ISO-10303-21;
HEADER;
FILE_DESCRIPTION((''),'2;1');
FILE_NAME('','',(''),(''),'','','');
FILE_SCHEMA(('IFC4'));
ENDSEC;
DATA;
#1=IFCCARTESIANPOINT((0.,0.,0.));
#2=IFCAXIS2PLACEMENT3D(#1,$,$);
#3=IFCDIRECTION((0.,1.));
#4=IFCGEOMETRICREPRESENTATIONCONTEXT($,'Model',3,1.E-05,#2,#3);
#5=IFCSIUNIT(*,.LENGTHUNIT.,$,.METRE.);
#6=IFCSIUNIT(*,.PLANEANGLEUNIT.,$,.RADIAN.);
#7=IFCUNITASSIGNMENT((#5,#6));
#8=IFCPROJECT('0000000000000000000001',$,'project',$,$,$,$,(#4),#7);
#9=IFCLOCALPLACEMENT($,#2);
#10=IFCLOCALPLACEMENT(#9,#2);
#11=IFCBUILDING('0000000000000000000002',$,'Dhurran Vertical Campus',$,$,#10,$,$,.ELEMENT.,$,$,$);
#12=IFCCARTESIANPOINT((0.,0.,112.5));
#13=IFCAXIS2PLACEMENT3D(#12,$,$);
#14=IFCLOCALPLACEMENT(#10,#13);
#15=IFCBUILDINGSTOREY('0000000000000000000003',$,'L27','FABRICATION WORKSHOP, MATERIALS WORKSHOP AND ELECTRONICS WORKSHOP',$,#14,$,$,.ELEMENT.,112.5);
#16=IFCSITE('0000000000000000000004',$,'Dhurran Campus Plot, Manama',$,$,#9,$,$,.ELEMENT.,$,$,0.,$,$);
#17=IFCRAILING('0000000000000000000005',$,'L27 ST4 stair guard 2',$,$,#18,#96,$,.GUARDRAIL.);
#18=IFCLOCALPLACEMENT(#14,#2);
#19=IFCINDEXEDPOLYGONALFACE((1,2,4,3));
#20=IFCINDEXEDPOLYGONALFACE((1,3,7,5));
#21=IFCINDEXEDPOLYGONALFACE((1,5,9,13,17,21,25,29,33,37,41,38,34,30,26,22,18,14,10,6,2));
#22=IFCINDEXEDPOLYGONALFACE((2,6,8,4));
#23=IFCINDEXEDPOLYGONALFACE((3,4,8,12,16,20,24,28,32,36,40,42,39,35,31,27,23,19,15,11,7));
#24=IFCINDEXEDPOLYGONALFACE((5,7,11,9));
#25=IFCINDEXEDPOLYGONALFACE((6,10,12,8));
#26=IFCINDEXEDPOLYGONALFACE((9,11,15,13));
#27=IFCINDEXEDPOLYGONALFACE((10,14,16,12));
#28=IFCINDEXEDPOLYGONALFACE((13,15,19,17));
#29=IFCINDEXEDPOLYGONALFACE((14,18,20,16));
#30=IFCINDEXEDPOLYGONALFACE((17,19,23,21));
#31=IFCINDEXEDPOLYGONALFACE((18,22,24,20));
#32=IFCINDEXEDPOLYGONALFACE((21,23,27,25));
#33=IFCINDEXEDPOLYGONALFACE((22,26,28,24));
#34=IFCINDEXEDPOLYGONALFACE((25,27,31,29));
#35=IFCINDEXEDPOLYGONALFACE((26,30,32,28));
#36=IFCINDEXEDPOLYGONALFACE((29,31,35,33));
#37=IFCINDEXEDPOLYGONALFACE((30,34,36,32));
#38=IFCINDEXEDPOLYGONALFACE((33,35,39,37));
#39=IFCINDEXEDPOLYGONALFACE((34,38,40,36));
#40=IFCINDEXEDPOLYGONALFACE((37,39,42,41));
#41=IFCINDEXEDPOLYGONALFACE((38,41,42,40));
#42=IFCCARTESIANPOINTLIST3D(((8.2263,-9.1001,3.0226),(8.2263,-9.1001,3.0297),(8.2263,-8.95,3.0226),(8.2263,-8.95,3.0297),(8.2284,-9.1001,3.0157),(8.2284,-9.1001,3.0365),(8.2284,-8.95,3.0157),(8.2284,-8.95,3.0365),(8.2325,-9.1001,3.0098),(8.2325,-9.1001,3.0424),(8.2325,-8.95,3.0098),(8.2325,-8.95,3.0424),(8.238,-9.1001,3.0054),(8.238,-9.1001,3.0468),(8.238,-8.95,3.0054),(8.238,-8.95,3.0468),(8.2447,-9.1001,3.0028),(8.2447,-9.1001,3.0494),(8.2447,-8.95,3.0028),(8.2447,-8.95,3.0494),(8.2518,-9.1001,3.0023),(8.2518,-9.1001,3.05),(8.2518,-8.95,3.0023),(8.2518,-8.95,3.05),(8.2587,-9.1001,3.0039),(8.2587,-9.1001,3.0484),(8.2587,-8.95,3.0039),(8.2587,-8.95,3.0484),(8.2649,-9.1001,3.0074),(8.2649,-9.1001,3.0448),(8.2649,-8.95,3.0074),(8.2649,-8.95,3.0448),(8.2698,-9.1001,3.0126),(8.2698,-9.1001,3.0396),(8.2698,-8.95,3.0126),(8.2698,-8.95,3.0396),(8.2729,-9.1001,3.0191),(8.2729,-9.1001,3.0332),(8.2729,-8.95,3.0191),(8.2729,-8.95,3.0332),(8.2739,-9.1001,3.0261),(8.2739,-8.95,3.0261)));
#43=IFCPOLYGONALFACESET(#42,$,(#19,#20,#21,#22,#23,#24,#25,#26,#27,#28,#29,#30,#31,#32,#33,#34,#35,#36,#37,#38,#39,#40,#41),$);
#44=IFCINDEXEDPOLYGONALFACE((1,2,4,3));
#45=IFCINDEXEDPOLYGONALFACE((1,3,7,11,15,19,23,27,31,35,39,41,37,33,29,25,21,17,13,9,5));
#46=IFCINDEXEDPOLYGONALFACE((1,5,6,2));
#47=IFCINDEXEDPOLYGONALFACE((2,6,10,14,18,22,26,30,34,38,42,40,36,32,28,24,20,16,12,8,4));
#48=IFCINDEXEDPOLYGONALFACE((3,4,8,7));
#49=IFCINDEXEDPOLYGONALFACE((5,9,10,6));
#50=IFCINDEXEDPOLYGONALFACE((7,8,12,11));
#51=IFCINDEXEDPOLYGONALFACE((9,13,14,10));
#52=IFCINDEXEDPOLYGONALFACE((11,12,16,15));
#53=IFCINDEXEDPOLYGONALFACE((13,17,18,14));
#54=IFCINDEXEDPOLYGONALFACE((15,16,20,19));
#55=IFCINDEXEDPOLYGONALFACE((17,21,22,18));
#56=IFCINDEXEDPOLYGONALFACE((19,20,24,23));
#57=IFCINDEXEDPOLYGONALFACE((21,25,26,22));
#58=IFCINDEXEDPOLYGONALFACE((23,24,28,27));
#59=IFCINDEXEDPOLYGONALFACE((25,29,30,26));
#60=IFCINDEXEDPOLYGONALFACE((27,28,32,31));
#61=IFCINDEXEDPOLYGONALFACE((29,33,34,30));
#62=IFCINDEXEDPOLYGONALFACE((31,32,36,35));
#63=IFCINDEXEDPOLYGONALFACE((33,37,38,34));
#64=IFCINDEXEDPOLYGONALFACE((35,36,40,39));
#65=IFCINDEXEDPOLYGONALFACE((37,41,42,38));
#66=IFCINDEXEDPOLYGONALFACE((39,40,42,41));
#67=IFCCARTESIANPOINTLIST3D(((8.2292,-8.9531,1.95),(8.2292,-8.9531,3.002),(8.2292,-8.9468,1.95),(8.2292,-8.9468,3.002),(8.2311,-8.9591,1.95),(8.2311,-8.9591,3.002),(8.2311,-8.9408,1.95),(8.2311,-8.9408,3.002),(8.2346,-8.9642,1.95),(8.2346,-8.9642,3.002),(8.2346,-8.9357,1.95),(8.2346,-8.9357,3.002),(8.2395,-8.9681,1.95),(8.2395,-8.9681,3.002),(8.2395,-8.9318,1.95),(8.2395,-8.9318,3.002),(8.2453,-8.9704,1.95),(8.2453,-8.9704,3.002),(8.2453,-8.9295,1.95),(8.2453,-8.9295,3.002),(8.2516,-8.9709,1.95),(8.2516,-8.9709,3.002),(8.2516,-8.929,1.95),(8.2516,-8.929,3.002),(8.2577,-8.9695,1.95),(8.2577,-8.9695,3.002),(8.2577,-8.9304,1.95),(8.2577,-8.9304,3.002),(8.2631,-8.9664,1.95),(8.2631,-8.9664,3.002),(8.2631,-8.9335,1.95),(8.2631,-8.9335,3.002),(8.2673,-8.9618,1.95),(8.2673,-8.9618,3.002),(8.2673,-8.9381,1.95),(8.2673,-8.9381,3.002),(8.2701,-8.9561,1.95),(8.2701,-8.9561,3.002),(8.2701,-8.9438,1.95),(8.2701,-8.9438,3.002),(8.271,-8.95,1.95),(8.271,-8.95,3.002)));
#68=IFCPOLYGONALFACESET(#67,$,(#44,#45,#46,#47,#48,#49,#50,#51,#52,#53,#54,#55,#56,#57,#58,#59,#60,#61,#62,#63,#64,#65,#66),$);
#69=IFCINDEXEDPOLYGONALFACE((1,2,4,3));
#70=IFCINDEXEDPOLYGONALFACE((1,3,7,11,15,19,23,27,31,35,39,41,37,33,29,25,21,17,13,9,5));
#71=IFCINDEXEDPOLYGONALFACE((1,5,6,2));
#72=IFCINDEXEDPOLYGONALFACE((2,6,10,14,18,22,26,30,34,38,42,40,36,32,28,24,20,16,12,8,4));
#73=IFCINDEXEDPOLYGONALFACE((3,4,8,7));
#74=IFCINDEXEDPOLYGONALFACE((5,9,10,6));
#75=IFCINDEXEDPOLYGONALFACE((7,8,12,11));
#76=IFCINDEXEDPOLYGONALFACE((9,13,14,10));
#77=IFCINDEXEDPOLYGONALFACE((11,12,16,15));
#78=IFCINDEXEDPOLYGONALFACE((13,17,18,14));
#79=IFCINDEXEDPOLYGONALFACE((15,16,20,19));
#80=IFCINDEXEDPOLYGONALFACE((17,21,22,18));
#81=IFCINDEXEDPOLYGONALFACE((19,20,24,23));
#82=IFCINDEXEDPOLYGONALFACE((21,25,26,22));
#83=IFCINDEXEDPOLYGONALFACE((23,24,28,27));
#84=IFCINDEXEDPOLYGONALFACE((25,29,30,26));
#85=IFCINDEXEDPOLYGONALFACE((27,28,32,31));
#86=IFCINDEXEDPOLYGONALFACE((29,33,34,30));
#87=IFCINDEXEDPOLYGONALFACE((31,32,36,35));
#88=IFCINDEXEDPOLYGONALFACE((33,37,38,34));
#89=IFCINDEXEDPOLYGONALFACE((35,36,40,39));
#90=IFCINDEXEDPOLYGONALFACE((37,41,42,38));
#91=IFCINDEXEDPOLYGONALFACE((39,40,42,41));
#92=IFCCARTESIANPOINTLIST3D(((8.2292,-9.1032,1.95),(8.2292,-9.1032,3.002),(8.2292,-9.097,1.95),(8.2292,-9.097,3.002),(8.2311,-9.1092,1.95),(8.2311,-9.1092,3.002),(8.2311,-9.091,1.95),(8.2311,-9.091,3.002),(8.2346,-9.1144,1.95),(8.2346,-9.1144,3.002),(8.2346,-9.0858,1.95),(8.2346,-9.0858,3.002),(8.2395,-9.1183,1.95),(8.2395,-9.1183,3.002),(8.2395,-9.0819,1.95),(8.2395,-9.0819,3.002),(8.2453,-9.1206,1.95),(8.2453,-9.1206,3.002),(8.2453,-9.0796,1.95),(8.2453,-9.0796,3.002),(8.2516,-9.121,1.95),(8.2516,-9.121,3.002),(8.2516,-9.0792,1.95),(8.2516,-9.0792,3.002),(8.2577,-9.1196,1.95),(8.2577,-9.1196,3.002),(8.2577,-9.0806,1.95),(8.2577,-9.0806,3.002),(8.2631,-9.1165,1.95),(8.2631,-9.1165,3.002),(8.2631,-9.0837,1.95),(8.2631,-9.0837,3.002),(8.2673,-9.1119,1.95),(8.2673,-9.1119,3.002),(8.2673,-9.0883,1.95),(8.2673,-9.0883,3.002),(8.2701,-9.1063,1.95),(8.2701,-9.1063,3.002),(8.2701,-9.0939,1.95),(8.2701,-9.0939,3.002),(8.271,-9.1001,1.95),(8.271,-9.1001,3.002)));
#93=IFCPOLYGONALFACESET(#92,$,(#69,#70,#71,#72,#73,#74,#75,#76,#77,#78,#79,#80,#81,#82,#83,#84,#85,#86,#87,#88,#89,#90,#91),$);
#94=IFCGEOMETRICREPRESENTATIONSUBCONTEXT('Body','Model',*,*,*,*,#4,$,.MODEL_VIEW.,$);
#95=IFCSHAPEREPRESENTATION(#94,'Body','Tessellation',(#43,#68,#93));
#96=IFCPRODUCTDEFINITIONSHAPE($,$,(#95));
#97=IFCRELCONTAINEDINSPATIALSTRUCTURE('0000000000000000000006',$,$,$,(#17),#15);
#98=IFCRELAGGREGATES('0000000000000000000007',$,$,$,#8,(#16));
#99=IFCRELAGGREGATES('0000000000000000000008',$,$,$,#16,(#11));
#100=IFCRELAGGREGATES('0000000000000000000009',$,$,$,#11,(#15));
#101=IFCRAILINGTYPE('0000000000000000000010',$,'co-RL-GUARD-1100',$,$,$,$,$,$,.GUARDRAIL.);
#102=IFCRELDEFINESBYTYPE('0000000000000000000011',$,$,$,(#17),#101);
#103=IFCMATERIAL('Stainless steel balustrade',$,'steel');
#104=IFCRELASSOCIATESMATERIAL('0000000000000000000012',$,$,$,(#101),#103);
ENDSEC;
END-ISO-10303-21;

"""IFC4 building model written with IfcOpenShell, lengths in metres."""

from ifc_helpers import new_model, si_unit, direction, frame, origin, origin_2d, place, context, subcontext, project, spatial, circle, extrude, material, type_object, element, save


model = new_model("IFC4")

# Units and contexts
model_context = context("Model", 3, precision=1e-05, world=origin(), true_north=direction((0.0, 1.0)))
body_context = subcontext(model_context, "Body", "Model", "MODEL_VIEW")
ifc_project = project(units=[si_unit("LENGTHUNIT", "METRE"), si_unit("PLANEANGLEUNIT", "RADIAN")], contexts=[model_context])

# Site, building, storey
site_placement = place(None, origin())
site = spatial("IfcSite", under=ifc_project, at=site_placement, Name="Dhurran Campus Plot, Manama", CompositionType="ELEMENT", RefElevation=0.0)
building_placement = place(site_placement, origin())
building = spatial("IfcBuilding", under=site, at=building_placement, Name="Dhurran Vertical Campus", CompositionType="ELEMENT")
storey_placement = place(building_placement, frame((0.0, 0.0, 112.5)))
storey = spatial("IfcBuildingStorey", under=building, at=storey_placement, Name="L27", Description="FABRICATION WORKSHOP, MATERIALS WORKSHOP AND ELECTRONICS WORKSHOP", CompositionType="ELEMENT", Elevation=112.5)

# Railing
ifc_material_1 = material(Name="Stainless steel balustrade", Category="steel")
railing_type_1 = type_object("IfcRailingType", Name="co-RL-GUARD-1100", PredefinedType="GUARDRAIL", material=ifc_material_1)
railing_1_placement = place(storey_placement, frame((8.25, -8.95, 1.95)))
element("IfcRailing", 1, at=railing_1_placement, inside=storey, type_object=railing_type_1, Name="L27 ST4 stair guard 2", PredefinedType="GUARDRAIL", context=body_context, shape_type="SweptSolid", body=[
    extrude(circle(Radius=0.0239, at=origin_2d()), frame((0.0, 0.0, 1.0762), z_axis=(0.0, -1.0, 0.0), x_axis=(1.0, 0.0, 0.0)), (0.0, 0.0, 1.0), 0.1501),
    extrude(circle(Radius=0.021, at=origin_2d()), origin(), (0.0, 0.0, 1.0), 1.052),
    extrude(circle(Radius=0.021, at=origin_2d()), frame((0.0, -0.1501, 0.0)), (0.0, 0.0, 1.0), 1.052),
])

save(model, "model.ifc")
